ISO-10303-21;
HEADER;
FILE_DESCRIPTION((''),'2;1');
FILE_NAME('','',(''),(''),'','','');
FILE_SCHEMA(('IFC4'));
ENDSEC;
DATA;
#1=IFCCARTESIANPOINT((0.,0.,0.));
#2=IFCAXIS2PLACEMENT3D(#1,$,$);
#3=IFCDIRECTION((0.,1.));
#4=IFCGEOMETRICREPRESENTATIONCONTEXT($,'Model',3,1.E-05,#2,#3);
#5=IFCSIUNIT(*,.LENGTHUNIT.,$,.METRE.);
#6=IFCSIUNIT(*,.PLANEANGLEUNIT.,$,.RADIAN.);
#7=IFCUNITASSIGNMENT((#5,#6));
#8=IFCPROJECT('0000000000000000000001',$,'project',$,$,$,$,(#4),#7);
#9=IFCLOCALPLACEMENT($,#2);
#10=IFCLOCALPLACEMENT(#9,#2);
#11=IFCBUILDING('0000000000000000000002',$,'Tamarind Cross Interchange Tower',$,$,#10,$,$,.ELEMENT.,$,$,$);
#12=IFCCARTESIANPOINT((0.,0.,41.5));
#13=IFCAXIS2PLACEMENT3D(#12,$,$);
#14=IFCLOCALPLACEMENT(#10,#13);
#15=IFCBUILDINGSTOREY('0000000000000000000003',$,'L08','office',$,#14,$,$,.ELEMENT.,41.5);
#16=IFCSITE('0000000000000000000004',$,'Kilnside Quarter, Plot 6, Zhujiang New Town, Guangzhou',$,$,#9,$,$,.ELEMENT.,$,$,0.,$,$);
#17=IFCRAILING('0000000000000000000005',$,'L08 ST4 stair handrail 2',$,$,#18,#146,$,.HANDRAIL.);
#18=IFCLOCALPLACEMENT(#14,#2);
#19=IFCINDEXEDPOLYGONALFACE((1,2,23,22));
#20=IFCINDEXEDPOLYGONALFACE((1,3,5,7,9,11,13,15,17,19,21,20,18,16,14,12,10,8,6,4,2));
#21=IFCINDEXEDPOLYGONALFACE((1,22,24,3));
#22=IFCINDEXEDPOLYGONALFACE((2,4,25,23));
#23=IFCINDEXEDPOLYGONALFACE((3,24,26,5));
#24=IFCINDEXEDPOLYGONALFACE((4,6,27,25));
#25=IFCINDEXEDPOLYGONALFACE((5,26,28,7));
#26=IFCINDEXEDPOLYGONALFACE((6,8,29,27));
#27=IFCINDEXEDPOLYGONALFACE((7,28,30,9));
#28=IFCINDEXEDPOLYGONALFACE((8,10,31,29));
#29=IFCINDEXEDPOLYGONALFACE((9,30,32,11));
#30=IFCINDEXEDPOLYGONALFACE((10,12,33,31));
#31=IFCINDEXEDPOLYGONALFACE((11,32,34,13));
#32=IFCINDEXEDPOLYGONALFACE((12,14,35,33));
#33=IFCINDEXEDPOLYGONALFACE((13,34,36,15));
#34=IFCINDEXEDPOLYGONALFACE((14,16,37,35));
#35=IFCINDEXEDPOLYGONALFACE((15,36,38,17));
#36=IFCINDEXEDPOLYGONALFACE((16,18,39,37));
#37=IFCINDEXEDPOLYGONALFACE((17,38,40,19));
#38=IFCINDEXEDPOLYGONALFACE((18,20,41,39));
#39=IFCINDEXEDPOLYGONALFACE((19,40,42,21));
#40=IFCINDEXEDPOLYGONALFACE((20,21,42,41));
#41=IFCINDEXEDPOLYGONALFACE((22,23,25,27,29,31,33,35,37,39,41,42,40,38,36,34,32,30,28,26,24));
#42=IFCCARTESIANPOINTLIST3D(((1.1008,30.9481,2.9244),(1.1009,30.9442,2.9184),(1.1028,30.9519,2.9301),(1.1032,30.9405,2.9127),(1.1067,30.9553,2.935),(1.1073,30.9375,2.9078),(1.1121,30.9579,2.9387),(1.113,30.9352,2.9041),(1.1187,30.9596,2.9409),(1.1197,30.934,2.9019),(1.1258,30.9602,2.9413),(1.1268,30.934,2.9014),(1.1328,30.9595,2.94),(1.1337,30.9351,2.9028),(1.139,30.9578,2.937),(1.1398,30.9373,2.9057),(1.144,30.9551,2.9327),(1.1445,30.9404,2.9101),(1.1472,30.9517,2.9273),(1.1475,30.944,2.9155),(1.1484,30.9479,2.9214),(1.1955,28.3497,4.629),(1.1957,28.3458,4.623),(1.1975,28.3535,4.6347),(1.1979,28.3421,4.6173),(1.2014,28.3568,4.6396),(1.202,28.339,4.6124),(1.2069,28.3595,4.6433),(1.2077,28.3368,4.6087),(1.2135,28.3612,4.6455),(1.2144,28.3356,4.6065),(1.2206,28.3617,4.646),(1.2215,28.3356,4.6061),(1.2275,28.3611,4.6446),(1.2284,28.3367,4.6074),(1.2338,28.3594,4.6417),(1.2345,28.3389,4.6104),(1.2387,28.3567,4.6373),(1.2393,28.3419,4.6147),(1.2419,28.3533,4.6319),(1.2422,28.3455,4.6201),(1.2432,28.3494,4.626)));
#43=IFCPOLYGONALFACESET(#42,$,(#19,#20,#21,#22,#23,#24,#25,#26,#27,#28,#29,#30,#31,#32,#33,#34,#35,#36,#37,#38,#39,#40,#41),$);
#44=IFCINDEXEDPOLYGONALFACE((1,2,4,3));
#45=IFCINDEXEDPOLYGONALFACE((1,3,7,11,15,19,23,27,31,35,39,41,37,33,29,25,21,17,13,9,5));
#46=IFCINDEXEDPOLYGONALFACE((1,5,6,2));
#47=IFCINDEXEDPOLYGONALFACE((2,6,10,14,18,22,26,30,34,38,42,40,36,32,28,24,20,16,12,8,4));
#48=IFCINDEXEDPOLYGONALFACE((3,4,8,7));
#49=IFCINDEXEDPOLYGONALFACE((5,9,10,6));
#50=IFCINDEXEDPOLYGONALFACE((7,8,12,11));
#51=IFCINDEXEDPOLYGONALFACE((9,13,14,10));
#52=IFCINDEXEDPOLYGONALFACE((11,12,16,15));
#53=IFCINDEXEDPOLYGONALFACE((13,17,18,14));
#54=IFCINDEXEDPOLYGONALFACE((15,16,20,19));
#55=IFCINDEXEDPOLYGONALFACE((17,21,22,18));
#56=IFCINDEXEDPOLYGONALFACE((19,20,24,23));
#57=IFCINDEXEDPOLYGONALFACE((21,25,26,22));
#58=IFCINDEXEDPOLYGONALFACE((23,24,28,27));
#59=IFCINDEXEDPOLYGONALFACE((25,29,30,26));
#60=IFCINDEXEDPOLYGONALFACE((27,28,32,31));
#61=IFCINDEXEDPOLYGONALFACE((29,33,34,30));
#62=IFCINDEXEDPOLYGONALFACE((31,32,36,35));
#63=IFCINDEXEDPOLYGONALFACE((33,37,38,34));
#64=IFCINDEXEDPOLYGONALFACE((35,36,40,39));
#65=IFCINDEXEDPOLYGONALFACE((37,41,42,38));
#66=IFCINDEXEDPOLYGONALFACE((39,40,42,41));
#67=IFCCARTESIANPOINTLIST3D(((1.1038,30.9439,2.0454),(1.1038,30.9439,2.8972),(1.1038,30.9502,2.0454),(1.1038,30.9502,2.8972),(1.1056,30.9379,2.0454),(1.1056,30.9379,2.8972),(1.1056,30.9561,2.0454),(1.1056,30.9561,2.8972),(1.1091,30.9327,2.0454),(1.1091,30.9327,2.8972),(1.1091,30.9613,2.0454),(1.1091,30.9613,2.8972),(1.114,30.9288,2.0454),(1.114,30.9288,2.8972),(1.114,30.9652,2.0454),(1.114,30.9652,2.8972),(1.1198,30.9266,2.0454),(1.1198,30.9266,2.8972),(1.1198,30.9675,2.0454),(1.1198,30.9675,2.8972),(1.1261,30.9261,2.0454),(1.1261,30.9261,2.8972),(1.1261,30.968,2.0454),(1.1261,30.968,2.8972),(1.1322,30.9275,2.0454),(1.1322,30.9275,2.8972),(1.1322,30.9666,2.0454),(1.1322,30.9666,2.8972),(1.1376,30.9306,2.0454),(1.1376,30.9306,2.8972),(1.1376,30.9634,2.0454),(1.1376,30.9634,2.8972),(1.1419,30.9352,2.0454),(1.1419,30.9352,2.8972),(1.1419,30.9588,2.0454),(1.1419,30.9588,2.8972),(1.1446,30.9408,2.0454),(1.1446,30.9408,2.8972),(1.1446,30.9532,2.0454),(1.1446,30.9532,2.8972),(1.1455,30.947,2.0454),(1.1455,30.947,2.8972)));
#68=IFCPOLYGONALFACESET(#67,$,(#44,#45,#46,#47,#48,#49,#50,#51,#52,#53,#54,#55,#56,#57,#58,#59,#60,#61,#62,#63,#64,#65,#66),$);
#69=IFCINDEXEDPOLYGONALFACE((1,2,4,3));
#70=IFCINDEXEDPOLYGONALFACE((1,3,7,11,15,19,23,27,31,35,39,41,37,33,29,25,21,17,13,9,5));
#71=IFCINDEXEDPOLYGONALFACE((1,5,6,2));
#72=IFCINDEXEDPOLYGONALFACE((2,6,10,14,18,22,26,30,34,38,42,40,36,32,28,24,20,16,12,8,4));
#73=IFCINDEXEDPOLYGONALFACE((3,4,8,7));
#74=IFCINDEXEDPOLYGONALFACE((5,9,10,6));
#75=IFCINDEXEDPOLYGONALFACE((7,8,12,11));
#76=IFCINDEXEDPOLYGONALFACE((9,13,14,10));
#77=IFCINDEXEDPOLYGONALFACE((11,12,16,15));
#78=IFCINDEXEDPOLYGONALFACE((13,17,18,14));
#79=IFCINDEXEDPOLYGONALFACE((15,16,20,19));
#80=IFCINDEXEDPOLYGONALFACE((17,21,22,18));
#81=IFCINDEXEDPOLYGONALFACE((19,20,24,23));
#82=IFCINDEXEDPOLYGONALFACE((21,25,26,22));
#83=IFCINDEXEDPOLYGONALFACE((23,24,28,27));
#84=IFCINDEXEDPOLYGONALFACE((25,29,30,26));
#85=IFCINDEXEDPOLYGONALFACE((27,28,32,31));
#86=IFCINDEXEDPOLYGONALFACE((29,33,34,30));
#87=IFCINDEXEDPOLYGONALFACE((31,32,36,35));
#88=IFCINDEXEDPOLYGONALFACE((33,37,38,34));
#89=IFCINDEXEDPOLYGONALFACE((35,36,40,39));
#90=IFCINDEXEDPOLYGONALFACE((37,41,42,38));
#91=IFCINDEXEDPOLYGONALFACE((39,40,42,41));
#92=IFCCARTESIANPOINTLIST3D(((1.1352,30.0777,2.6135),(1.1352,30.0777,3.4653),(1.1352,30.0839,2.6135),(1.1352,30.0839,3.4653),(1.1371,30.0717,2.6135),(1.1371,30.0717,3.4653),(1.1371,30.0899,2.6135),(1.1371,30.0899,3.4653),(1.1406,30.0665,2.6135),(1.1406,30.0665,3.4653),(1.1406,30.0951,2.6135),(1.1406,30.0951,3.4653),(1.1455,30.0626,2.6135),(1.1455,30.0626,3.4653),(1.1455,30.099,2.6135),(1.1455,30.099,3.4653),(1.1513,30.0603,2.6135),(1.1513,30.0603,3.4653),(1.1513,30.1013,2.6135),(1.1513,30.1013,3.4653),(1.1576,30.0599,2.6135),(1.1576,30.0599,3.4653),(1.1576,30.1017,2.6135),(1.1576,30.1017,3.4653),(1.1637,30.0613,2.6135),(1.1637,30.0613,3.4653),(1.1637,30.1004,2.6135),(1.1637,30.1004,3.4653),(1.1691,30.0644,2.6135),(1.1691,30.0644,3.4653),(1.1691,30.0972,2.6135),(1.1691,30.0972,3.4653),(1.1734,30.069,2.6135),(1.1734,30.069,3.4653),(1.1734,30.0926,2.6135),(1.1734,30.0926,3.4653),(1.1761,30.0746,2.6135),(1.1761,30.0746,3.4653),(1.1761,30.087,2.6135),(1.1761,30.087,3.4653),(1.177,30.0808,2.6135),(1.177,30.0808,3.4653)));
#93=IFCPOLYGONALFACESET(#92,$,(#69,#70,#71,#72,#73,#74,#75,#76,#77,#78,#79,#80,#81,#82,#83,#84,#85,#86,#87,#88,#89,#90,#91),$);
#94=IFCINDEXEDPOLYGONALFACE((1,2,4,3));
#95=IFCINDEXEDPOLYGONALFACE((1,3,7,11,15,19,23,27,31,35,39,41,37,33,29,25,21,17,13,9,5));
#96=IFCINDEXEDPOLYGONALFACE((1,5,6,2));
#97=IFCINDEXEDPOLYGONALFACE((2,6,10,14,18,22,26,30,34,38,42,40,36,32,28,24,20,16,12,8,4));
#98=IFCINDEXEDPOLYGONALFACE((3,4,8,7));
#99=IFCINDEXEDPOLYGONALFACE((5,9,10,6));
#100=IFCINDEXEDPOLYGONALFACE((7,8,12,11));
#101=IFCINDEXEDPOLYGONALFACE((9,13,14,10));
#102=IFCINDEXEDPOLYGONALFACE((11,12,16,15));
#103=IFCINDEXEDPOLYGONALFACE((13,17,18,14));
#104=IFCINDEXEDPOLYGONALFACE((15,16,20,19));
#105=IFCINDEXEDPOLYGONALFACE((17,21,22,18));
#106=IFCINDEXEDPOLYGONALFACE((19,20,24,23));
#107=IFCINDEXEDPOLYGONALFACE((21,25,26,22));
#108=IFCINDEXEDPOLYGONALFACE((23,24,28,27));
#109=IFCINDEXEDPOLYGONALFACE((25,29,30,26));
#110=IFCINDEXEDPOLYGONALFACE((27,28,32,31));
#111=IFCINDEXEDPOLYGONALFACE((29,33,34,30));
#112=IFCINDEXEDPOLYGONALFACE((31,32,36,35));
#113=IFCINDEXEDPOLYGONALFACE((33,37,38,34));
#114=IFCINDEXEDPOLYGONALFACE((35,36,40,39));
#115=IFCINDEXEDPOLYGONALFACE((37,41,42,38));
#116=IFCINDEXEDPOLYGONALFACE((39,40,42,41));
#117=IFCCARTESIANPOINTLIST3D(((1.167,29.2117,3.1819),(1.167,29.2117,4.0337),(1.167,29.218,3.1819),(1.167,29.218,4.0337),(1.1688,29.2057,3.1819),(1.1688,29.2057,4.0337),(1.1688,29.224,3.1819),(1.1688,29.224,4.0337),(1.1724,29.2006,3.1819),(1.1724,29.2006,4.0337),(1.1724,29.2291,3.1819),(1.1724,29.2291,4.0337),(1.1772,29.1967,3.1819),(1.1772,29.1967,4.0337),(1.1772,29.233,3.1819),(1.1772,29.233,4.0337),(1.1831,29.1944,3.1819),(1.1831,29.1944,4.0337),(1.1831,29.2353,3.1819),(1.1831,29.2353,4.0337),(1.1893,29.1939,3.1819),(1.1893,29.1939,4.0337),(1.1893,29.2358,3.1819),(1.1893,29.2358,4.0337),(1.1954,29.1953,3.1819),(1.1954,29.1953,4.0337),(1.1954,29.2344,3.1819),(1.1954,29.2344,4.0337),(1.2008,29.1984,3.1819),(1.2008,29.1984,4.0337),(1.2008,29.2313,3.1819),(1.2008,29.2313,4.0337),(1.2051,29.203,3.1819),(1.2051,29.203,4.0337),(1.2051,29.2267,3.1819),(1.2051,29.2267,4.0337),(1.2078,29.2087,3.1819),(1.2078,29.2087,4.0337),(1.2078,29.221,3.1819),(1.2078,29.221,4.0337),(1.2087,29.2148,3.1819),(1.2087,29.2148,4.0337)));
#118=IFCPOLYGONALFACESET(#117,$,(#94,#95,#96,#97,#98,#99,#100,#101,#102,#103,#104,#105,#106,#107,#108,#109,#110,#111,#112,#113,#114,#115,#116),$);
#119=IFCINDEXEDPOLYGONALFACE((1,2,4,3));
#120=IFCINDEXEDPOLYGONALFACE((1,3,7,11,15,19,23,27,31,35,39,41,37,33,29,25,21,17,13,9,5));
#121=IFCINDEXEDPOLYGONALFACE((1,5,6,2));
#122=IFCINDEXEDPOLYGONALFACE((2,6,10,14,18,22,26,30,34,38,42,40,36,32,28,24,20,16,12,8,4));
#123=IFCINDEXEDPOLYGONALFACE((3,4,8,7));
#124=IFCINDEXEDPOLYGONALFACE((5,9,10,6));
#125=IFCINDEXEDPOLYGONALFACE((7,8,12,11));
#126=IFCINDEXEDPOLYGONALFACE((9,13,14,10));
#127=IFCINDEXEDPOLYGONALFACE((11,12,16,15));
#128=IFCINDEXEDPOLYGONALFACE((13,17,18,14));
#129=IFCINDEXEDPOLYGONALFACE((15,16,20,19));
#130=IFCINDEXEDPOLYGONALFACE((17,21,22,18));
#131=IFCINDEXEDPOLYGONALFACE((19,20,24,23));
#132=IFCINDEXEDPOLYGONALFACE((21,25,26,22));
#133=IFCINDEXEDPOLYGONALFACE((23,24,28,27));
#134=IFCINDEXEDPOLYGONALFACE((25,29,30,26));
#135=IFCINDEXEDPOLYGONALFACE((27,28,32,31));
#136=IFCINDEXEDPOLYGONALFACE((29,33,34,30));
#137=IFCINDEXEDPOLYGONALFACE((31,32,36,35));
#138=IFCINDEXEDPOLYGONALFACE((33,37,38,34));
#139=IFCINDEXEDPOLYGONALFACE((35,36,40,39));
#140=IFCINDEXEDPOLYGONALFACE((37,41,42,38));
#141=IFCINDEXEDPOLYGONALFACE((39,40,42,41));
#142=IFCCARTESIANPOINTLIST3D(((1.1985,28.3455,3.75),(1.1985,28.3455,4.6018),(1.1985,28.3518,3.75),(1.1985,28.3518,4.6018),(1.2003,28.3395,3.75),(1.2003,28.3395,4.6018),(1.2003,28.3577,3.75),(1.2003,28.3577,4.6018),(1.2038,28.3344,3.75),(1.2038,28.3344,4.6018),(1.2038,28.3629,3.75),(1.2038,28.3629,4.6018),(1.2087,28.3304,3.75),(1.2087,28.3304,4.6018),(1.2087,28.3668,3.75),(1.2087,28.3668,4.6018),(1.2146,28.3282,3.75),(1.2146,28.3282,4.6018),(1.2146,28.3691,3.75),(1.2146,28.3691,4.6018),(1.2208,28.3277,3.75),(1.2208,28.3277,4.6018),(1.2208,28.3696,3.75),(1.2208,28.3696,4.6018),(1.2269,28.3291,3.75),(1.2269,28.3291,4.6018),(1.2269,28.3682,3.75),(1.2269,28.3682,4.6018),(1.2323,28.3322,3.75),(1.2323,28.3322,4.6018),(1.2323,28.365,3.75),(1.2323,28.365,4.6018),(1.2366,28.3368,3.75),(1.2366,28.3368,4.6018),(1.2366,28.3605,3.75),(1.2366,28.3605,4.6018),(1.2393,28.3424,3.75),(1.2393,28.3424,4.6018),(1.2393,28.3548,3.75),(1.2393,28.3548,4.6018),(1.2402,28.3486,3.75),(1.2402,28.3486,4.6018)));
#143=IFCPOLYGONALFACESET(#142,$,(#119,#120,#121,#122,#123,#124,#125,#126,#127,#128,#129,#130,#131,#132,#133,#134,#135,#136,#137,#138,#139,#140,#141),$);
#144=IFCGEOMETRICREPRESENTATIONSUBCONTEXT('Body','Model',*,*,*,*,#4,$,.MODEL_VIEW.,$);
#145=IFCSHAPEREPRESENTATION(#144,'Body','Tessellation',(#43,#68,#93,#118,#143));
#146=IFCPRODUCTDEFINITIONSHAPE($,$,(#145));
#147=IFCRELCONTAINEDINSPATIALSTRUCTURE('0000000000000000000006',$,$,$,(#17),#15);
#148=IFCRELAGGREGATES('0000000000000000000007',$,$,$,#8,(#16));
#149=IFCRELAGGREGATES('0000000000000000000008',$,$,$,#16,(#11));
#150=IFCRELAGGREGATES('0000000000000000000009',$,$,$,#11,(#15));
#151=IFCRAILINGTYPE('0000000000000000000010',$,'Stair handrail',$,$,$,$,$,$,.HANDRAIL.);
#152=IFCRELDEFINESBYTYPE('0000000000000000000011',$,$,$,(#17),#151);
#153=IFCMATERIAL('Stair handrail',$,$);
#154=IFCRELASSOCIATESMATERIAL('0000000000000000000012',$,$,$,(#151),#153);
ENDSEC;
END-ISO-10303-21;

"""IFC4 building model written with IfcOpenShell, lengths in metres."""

from ifc_helpers import new_model, si_unit, direction, frame, origin, origin_2d, place, context, subcontext, project, spatial, circle, extrude, material, type_object, element, save


model = new_model("IFC4")

# Units and contexts
model_context = context("Model", 3, precision=1e-05, world=origin(), true_north=direction((0.0, 1.0)))
body_context = subcontext(model_context, "Body", "Model", "MODEL_VIEW")
ifc_project = project(units=[si_unit("LENGTHUNIT", "METRE"), si_unit("PLANEANGLEUNIT", "RADIAN")], contexts=[model_context])

# Site, building, storey
site_placement = place(None, origin())
site = spatial("IfcSite", under=ifc_project, at=site_placement, Name="Kilnside Quarter, Plot 6, Zhujiang New Town, Guangzhou", CompositionType="ELEMENT", RefElevation=0.0)
building_placement = place(site_placement, origin())
building = spatial("IfcBuilding", under=site, at=building_placement, Name="Tamarind Cross Interchange Tower", CompositionType="ELEMENT")
storey_placement = place(building_placement, frame((0.0, 0.0, 41.5)))
storey = spatial("IfcBuildingStorey", under=building, at=storey_placement, Name="L08", Description="office", CompositionType="ELEMENT", Elevation=41.5)

# Railing
ifc_material_1 = material(Name="Stair handrail")
railing_type_1 = type_object("IfcRailingType", Name="Stair handrail", PredefinedType="HANDRAIL", material=ifc_material_1)
railing_1_placement = place(storey_placement, frame((1.1245, 30.947, 2.0454)))
element("IfcRailing", 1, at=railing_1_placement, inside=storey, type_object=railing_type_1, Name="L08 ST4 stair handrail 2", PredefinedType="HANDRAIL", context=body_context, shape_type="SweptSolid", body=[
    extrude(circle(Radius=0.0239, at=origin_2d()), frame((0.0, 0.0, 0.876), z_axis=(0.030468, -0.835749, 0.548266), x_axis=(0.999336, 0.036432, 0.0)), (0.0, 0.0, 1.0), 3.1091),
    extrude(circle(Radius=0.021, at=origin_2d()), origin(), (0.0, 0.0, 1.0), 0.8518),
    extrude(circle(Radius=0.021, at=origin_2d()), frame((0.0315, -0.8662, 0.5681)), (0.0, 0.0, 1.0), 0.8518),
    extrude(circle(Radius=0.021, at=origin_2d()), frame((0.0632, -1.7322, 1.1365)), (0.0, 0.0, 1.0), 0.8518),
    extrude(circle(Radius=0.021, at=origin_2d()), frame((0.0947, -2.5984, 1.7046)), (0.0, 0.0, 1.0), 0.8518),
])

save(model, "model.ifc")
